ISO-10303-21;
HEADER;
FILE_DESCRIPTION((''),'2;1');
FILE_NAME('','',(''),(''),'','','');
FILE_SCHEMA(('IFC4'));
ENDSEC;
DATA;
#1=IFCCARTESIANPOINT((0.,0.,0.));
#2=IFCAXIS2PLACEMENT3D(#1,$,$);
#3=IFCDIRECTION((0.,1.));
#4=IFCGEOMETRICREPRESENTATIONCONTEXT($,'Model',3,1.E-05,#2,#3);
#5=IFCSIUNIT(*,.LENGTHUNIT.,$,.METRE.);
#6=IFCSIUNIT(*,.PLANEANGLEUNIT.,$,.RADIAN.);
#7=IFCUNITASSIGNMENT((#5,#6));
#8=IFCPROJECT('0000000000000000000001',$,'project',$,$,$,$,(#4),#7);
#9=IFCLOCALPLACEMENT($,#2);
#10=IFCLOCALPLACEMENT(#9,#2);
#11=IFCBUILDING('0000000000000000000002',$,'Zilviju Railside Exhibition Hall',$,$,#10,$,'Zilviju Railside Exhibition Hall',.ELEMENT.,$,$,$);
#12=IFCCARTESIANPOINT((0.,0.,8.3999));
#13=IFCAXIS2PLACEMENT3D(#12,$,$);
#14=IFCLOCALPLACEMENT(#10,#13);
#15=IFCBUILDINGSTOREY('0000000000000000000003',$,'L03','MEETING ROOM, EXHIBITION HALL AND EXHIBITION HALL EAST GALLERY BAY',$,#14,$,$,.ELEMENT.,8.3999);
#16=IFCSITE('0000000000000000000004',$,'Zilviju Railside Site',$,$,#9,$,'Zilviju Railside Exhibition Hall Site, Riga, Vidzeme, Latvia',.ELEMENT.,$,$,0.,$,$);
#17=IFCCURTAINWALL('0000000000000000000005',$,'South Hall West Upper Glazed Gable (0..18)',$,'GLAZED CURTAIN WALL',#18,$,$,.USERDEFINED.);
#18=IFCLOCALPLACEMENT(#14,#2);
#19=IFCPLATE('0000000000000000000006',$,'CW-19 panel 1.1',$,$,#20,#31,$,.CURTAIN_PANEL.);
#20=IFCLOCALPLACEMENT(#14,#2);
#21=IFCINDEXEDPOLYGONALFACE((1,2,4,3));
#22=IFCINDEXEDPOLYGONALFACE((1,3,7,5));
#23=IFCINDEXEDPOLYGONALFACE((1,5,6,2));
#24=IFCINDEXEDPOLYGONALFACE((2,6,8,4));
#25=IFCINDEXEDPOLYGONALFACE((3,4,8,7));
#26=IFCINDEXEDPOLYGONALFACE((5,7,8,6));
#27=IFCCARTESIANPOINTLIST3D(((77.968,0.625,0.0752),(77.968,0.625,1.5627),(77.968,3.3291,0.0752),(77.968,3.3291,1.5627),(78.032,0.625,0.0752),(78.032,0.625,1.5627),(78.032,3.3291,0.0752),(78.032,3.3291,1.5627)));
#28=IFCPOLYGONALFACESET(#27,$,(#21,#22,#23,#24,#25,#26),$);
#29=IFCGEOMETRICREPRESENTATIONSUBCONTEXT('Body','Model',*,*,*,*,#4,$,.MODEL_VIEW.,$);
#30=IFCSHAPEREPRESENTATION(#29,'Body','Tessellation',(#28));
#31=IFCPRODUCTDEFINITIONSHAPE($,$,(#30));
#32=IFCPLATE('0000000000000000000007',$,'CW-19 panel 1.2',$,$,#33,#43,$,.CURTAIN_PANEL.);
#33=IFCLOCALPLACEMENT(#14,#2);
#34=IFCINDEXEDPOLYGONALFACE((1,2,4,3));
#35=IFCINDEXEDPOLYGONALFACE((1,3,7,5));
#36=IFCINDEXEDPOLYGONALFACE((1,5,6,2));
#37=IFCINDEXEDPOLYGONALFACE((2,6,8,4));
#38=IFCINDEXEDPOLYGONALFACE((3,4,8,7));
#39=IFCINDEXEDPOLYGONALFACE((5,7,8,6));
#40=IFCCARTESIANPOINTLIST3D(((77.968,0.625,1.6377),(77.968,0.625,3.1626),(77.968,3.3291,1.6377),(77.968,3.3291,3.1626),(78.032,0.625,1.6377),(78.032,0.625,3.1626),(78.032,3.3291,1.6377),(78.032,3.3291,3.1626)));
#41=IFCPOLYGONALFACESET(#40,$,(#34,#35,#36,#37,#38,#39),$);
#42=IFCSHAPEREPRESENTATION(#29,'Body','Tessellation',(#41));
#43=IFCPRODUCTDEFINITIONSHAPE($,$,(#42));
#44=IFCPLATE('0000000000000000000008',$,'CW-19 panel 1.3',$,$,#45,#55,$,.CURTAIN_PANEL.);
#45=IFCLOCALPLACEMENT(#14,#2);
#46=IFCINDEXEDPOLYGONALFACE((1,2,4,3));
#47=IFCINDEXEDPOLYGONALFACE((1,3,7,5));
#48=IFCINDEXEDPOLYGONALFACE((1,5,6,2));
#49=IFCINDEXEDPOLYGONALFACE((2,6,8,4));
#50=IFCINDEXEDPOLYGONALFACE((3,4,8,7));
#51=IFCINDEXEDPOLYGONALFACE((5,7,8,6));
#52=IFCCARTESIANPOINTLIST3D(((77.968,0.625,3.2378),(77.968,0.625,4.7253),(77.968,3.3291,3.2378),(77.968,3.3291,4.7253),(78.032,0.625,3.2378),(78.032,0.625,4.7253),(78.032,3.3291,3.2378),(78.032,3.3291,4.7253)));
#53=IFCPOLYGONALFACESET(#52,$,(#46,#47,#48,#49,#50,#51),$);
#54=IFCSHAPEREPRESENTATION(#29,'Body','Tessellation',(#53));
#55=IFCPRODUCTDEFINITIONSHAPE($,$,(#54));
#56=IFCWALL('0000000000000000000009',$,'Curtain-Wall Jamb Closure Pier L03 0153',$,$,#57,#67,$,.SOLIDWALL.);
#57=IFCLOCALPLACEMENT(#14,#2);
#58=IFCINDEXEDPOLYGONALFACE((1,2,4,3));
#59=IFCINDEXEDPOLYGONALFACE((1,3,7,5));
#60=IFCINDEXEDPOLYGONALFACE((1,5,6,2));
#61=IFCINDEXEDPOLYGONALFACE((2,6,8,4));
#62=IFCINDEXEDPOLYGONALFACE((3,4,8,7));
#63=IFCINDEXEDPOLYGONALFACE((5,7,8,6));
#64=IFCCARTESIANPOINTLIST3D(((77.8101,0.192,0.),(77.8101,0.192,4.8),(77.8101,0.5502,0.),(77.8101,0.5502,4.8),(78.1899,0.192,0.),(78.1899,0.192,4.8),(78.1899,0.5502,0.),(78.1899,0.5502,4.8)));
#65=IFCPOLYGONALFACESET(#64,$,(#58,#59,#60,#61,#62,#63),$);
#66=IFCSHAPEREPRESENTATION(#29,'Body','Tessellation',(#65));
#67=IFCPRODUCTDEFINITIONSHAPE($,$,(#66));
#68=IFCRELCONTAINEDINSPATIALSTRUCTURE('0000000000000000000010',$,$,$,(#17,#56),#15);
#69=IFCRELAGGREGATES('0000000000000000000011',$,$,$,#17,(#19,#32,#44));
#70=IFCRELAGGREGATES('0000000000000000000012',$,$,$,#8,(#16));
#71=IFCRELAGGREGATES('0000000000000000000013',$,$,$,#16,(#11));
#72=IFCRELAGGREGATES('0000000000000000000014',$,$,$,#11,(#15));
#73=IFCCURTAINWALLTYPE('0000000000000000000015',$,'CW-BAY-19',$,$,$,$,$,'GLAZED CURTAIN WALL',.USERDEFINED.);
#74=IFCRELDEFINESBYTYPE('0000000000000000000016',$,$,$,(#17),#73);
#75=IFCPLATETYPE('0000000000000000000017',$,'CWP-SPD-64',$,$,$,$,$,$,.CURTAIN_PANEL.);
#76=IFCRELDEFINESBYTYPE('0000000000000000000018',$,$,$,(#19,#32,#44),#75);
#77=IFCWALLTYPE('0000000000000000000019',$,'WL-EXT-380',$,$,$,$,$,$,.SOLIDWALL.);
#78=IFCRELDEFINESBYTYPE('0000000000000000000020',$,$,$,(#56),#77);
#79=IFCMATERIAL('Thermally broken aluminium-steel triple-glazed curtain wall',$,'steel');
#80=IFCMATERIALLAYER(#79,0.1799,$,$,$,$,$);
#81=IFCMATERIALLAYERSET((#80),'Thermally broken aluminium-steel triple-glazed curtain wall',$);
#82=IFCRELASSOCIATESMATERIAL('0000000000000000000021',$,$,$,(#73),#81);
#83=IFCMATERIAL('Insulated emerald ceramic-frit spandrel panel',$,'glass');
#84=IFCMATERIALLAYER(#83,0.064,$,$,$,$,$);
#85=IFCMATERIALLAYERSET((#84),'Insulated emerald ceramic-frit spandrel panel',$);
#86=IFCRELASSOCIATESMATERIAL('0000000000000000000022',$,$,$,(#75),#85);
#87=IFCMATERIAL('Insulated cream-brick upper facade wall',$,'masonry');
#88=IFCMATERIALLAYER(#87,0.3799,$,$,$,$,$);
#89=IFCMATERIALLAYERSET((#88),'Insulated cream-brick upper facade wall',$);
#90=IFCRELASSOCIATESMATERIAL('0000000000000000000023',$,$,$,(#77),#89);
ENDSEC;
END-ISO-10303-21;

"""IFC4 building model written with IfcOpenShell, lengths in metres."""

from ifc_helpers import new_model, si_unit, direction, frame, frame_2d, origin, origin_2d, place, context, subcontext, project, spatial, rectangle, extrude, material, layer, layer_set, type_object, element, aggregate, save


model = new_model("IFC4")

# Units and contexts
model_context = context("Model", 3, precision=1e-05, world=origin(), true_north=direction((0.0, 1.0)))
body_context = subcontext(model_context, "Body", "Model", "MODEL_VIEW")
ifc_project = project(units=[si_unit("LENGTHUNIT", "METRE"), si_unit("PLANEANGLEUNIT", "RADIAN")], contexts=[model_context])

# Site, building, storey
site_placement = place(None, origin())
site = spatial("IfcSite", under=ifc_project, at=site_placement, Name="Zilviju Railside Site", LongName="Zilviju Railside Exhibition Hall Site, Riga, Vidzeme, Latvia", CompositionType="ELEMENT", RefElevation=0.0)
building_placement = place(site_placement, origin())
building = spatial("IfcBuilding", under=site, at=building_placement, Name="Zilviju Railside Exhibition Hall", LongName="Zilviju Railside Exhibition Hall", CompositionType="ELEMENT")
storey_placement = place(building_placement, frame((0.0, 0.0, 8.3999)))
storey = spatial("IfcBuildingStorey", under=building, at=storey_placement, Name="L03", Description="MEETING ROOM, EXHIBITION HALL AND EXHIBITION HALL EAST GALLERY BAY", CompositionType="ELEMENT", Elevation=8.3999)

# Curtain wall, plates
ifc_material_1 = material(Name="Thermally broken aluminium-steel triple-glazed curtain wall", Category="steel")
ifc_layer_1 = layer(ifc_material_1, 0.1799)
ifc_layer_set_1 = layer_set([ifc_layer_1], Name="Thermally broken aluminium-steel triple-glazed curtain wall")
curtain_wall_type = type_object("IfcCurtainWallType", Name="CW-BAY-19", ElementType="GLAZED CURTAIN WALL", PredefinedType="USERDEFINED", material=ifc_layer_set_1)
curtain_wall_placement = place(storey_placement, origin())
curtain_wall = element("IfcCurtainWall", 1, at=curtain_wall_placement, inside=storey, type_object=curtain_wall_type, Name="South Hall West Upper Glazed Gable (0..18)", ObjectType="GLAZED CURTAIN WALL", PredefinedType="USERDEFINED")
ifc_material_2 = material(Name="Insulated emerald ceramic-frit spandrel panel", Category="glass")
ifc_layer_2 = layer(ifc_material_2, 0.064)
ifc_layer_set_2 = layer_set([ifc_layer_2], Name="Insulated emerald ceramic-frit spandrel panel")
plate_type = type_object("IfcPlateType", Name="CWP-SPD-64", PredefinedType="CURTAIN_PANEL", material=ifc_layer_set_2)
plate_1_placement = place(storey_placement, frame((78.0, 1.9771, 0.0752), z_axis=(0.0, 0.0, 1.0), x_axis=(0.0, 1.0, 0.0)))
plate_1 = element("IfcPlate", 2, at=plate_1_placement, type_object=plate_type, Name="CW-19 panel 1.1", PredefinedType="CURTAIN_PANEL", context=body_context, shape_type="SweptSolid", body=[
    extrude(rectangle(XDim=2.7041, YDim=0.064, at=origin_2d()), origin(), (0.0, 0.0, 1.0), 1.4875),
])
plate_2_placement = place(storey_placement, frame((78.0, 1.9771, 1.6377), z_axis=(0.0, 0.0, 1.0), x_axis=(0.0, 1.0, 0.0)))
plate_2 = element("IfcPlate", 3, at=plate_2_placement, type_object=plate_type, Name="CW-19 panel 1.2", PredefinedType="CURTAIN_PANEL", context=body_context, shape_type="SweptSolid", body=[
    extrude(rectangle(XDim=2.7041, YDim=0.064, at=origin_2d()), origin(), (0.0, 0.0, 1.0), 1.5249),
])
plate_3_placement = place(storey_placement, frame((78.0, 1.9771, 3.2378), z_axis=(0.0, 0.0, 1.0), x_axis=(0.0, 1.0, 0.0)))
plate_3 = element("IfcPlate", 4, at=plate_3_placement, type_object=plate_type, Name="CW-19 panel 1.3", PredefinedType="CURTAIN_PANEL", context=body_context, shape_type="SweptSolid", body=[
    extrude(rectangle(XDim=2.7041, YDim=0.064, at=origin_2d()), origin(), (0.0, 0.0, 1.0), 1.4875),
])
aggregate(curtain_wall, [plate_1, plate_2, plate_3])

# Wall
ifc_material_3 = material(Name="Insulated cream-brick upper facade wall", Category="masonry")
ifc_layer_3 = layer(ifc_material_3, 0.3799)
ifc_layer_set_3 = layer_set([ifc_layer_3], Name="Insulated cream-brick upper facade wall")
wall_type = type_object("IfcWallType", Name="WL-EXT-380", PredefinedType="SOLIDWALL", material=ifc_layer_set_3)
wall_placement = place(storey_placement, frame((78.0, 0.1919, 0.0), z_axis=(0.0, 0.0, 1.0), x_axis=(0.0, 1.0, 0.0)))
element("IfcWall", 5, at=wall_placement, inside=storey, type_object=wall_type, Name="Curtain-Wall Jamb Closure Pier L03 0153", PredefinedType="SOLIDWALL", context=body_context, shape_type="SweptSolid", body=[
    extrude(rectangle(XDim=0.3582, YDim=0.3799, at=frame_2d((0.1792, 0.0))), origin(), (0.0, 0.0, 1.0), 4.8),
])

save(model, "model.ifc")
